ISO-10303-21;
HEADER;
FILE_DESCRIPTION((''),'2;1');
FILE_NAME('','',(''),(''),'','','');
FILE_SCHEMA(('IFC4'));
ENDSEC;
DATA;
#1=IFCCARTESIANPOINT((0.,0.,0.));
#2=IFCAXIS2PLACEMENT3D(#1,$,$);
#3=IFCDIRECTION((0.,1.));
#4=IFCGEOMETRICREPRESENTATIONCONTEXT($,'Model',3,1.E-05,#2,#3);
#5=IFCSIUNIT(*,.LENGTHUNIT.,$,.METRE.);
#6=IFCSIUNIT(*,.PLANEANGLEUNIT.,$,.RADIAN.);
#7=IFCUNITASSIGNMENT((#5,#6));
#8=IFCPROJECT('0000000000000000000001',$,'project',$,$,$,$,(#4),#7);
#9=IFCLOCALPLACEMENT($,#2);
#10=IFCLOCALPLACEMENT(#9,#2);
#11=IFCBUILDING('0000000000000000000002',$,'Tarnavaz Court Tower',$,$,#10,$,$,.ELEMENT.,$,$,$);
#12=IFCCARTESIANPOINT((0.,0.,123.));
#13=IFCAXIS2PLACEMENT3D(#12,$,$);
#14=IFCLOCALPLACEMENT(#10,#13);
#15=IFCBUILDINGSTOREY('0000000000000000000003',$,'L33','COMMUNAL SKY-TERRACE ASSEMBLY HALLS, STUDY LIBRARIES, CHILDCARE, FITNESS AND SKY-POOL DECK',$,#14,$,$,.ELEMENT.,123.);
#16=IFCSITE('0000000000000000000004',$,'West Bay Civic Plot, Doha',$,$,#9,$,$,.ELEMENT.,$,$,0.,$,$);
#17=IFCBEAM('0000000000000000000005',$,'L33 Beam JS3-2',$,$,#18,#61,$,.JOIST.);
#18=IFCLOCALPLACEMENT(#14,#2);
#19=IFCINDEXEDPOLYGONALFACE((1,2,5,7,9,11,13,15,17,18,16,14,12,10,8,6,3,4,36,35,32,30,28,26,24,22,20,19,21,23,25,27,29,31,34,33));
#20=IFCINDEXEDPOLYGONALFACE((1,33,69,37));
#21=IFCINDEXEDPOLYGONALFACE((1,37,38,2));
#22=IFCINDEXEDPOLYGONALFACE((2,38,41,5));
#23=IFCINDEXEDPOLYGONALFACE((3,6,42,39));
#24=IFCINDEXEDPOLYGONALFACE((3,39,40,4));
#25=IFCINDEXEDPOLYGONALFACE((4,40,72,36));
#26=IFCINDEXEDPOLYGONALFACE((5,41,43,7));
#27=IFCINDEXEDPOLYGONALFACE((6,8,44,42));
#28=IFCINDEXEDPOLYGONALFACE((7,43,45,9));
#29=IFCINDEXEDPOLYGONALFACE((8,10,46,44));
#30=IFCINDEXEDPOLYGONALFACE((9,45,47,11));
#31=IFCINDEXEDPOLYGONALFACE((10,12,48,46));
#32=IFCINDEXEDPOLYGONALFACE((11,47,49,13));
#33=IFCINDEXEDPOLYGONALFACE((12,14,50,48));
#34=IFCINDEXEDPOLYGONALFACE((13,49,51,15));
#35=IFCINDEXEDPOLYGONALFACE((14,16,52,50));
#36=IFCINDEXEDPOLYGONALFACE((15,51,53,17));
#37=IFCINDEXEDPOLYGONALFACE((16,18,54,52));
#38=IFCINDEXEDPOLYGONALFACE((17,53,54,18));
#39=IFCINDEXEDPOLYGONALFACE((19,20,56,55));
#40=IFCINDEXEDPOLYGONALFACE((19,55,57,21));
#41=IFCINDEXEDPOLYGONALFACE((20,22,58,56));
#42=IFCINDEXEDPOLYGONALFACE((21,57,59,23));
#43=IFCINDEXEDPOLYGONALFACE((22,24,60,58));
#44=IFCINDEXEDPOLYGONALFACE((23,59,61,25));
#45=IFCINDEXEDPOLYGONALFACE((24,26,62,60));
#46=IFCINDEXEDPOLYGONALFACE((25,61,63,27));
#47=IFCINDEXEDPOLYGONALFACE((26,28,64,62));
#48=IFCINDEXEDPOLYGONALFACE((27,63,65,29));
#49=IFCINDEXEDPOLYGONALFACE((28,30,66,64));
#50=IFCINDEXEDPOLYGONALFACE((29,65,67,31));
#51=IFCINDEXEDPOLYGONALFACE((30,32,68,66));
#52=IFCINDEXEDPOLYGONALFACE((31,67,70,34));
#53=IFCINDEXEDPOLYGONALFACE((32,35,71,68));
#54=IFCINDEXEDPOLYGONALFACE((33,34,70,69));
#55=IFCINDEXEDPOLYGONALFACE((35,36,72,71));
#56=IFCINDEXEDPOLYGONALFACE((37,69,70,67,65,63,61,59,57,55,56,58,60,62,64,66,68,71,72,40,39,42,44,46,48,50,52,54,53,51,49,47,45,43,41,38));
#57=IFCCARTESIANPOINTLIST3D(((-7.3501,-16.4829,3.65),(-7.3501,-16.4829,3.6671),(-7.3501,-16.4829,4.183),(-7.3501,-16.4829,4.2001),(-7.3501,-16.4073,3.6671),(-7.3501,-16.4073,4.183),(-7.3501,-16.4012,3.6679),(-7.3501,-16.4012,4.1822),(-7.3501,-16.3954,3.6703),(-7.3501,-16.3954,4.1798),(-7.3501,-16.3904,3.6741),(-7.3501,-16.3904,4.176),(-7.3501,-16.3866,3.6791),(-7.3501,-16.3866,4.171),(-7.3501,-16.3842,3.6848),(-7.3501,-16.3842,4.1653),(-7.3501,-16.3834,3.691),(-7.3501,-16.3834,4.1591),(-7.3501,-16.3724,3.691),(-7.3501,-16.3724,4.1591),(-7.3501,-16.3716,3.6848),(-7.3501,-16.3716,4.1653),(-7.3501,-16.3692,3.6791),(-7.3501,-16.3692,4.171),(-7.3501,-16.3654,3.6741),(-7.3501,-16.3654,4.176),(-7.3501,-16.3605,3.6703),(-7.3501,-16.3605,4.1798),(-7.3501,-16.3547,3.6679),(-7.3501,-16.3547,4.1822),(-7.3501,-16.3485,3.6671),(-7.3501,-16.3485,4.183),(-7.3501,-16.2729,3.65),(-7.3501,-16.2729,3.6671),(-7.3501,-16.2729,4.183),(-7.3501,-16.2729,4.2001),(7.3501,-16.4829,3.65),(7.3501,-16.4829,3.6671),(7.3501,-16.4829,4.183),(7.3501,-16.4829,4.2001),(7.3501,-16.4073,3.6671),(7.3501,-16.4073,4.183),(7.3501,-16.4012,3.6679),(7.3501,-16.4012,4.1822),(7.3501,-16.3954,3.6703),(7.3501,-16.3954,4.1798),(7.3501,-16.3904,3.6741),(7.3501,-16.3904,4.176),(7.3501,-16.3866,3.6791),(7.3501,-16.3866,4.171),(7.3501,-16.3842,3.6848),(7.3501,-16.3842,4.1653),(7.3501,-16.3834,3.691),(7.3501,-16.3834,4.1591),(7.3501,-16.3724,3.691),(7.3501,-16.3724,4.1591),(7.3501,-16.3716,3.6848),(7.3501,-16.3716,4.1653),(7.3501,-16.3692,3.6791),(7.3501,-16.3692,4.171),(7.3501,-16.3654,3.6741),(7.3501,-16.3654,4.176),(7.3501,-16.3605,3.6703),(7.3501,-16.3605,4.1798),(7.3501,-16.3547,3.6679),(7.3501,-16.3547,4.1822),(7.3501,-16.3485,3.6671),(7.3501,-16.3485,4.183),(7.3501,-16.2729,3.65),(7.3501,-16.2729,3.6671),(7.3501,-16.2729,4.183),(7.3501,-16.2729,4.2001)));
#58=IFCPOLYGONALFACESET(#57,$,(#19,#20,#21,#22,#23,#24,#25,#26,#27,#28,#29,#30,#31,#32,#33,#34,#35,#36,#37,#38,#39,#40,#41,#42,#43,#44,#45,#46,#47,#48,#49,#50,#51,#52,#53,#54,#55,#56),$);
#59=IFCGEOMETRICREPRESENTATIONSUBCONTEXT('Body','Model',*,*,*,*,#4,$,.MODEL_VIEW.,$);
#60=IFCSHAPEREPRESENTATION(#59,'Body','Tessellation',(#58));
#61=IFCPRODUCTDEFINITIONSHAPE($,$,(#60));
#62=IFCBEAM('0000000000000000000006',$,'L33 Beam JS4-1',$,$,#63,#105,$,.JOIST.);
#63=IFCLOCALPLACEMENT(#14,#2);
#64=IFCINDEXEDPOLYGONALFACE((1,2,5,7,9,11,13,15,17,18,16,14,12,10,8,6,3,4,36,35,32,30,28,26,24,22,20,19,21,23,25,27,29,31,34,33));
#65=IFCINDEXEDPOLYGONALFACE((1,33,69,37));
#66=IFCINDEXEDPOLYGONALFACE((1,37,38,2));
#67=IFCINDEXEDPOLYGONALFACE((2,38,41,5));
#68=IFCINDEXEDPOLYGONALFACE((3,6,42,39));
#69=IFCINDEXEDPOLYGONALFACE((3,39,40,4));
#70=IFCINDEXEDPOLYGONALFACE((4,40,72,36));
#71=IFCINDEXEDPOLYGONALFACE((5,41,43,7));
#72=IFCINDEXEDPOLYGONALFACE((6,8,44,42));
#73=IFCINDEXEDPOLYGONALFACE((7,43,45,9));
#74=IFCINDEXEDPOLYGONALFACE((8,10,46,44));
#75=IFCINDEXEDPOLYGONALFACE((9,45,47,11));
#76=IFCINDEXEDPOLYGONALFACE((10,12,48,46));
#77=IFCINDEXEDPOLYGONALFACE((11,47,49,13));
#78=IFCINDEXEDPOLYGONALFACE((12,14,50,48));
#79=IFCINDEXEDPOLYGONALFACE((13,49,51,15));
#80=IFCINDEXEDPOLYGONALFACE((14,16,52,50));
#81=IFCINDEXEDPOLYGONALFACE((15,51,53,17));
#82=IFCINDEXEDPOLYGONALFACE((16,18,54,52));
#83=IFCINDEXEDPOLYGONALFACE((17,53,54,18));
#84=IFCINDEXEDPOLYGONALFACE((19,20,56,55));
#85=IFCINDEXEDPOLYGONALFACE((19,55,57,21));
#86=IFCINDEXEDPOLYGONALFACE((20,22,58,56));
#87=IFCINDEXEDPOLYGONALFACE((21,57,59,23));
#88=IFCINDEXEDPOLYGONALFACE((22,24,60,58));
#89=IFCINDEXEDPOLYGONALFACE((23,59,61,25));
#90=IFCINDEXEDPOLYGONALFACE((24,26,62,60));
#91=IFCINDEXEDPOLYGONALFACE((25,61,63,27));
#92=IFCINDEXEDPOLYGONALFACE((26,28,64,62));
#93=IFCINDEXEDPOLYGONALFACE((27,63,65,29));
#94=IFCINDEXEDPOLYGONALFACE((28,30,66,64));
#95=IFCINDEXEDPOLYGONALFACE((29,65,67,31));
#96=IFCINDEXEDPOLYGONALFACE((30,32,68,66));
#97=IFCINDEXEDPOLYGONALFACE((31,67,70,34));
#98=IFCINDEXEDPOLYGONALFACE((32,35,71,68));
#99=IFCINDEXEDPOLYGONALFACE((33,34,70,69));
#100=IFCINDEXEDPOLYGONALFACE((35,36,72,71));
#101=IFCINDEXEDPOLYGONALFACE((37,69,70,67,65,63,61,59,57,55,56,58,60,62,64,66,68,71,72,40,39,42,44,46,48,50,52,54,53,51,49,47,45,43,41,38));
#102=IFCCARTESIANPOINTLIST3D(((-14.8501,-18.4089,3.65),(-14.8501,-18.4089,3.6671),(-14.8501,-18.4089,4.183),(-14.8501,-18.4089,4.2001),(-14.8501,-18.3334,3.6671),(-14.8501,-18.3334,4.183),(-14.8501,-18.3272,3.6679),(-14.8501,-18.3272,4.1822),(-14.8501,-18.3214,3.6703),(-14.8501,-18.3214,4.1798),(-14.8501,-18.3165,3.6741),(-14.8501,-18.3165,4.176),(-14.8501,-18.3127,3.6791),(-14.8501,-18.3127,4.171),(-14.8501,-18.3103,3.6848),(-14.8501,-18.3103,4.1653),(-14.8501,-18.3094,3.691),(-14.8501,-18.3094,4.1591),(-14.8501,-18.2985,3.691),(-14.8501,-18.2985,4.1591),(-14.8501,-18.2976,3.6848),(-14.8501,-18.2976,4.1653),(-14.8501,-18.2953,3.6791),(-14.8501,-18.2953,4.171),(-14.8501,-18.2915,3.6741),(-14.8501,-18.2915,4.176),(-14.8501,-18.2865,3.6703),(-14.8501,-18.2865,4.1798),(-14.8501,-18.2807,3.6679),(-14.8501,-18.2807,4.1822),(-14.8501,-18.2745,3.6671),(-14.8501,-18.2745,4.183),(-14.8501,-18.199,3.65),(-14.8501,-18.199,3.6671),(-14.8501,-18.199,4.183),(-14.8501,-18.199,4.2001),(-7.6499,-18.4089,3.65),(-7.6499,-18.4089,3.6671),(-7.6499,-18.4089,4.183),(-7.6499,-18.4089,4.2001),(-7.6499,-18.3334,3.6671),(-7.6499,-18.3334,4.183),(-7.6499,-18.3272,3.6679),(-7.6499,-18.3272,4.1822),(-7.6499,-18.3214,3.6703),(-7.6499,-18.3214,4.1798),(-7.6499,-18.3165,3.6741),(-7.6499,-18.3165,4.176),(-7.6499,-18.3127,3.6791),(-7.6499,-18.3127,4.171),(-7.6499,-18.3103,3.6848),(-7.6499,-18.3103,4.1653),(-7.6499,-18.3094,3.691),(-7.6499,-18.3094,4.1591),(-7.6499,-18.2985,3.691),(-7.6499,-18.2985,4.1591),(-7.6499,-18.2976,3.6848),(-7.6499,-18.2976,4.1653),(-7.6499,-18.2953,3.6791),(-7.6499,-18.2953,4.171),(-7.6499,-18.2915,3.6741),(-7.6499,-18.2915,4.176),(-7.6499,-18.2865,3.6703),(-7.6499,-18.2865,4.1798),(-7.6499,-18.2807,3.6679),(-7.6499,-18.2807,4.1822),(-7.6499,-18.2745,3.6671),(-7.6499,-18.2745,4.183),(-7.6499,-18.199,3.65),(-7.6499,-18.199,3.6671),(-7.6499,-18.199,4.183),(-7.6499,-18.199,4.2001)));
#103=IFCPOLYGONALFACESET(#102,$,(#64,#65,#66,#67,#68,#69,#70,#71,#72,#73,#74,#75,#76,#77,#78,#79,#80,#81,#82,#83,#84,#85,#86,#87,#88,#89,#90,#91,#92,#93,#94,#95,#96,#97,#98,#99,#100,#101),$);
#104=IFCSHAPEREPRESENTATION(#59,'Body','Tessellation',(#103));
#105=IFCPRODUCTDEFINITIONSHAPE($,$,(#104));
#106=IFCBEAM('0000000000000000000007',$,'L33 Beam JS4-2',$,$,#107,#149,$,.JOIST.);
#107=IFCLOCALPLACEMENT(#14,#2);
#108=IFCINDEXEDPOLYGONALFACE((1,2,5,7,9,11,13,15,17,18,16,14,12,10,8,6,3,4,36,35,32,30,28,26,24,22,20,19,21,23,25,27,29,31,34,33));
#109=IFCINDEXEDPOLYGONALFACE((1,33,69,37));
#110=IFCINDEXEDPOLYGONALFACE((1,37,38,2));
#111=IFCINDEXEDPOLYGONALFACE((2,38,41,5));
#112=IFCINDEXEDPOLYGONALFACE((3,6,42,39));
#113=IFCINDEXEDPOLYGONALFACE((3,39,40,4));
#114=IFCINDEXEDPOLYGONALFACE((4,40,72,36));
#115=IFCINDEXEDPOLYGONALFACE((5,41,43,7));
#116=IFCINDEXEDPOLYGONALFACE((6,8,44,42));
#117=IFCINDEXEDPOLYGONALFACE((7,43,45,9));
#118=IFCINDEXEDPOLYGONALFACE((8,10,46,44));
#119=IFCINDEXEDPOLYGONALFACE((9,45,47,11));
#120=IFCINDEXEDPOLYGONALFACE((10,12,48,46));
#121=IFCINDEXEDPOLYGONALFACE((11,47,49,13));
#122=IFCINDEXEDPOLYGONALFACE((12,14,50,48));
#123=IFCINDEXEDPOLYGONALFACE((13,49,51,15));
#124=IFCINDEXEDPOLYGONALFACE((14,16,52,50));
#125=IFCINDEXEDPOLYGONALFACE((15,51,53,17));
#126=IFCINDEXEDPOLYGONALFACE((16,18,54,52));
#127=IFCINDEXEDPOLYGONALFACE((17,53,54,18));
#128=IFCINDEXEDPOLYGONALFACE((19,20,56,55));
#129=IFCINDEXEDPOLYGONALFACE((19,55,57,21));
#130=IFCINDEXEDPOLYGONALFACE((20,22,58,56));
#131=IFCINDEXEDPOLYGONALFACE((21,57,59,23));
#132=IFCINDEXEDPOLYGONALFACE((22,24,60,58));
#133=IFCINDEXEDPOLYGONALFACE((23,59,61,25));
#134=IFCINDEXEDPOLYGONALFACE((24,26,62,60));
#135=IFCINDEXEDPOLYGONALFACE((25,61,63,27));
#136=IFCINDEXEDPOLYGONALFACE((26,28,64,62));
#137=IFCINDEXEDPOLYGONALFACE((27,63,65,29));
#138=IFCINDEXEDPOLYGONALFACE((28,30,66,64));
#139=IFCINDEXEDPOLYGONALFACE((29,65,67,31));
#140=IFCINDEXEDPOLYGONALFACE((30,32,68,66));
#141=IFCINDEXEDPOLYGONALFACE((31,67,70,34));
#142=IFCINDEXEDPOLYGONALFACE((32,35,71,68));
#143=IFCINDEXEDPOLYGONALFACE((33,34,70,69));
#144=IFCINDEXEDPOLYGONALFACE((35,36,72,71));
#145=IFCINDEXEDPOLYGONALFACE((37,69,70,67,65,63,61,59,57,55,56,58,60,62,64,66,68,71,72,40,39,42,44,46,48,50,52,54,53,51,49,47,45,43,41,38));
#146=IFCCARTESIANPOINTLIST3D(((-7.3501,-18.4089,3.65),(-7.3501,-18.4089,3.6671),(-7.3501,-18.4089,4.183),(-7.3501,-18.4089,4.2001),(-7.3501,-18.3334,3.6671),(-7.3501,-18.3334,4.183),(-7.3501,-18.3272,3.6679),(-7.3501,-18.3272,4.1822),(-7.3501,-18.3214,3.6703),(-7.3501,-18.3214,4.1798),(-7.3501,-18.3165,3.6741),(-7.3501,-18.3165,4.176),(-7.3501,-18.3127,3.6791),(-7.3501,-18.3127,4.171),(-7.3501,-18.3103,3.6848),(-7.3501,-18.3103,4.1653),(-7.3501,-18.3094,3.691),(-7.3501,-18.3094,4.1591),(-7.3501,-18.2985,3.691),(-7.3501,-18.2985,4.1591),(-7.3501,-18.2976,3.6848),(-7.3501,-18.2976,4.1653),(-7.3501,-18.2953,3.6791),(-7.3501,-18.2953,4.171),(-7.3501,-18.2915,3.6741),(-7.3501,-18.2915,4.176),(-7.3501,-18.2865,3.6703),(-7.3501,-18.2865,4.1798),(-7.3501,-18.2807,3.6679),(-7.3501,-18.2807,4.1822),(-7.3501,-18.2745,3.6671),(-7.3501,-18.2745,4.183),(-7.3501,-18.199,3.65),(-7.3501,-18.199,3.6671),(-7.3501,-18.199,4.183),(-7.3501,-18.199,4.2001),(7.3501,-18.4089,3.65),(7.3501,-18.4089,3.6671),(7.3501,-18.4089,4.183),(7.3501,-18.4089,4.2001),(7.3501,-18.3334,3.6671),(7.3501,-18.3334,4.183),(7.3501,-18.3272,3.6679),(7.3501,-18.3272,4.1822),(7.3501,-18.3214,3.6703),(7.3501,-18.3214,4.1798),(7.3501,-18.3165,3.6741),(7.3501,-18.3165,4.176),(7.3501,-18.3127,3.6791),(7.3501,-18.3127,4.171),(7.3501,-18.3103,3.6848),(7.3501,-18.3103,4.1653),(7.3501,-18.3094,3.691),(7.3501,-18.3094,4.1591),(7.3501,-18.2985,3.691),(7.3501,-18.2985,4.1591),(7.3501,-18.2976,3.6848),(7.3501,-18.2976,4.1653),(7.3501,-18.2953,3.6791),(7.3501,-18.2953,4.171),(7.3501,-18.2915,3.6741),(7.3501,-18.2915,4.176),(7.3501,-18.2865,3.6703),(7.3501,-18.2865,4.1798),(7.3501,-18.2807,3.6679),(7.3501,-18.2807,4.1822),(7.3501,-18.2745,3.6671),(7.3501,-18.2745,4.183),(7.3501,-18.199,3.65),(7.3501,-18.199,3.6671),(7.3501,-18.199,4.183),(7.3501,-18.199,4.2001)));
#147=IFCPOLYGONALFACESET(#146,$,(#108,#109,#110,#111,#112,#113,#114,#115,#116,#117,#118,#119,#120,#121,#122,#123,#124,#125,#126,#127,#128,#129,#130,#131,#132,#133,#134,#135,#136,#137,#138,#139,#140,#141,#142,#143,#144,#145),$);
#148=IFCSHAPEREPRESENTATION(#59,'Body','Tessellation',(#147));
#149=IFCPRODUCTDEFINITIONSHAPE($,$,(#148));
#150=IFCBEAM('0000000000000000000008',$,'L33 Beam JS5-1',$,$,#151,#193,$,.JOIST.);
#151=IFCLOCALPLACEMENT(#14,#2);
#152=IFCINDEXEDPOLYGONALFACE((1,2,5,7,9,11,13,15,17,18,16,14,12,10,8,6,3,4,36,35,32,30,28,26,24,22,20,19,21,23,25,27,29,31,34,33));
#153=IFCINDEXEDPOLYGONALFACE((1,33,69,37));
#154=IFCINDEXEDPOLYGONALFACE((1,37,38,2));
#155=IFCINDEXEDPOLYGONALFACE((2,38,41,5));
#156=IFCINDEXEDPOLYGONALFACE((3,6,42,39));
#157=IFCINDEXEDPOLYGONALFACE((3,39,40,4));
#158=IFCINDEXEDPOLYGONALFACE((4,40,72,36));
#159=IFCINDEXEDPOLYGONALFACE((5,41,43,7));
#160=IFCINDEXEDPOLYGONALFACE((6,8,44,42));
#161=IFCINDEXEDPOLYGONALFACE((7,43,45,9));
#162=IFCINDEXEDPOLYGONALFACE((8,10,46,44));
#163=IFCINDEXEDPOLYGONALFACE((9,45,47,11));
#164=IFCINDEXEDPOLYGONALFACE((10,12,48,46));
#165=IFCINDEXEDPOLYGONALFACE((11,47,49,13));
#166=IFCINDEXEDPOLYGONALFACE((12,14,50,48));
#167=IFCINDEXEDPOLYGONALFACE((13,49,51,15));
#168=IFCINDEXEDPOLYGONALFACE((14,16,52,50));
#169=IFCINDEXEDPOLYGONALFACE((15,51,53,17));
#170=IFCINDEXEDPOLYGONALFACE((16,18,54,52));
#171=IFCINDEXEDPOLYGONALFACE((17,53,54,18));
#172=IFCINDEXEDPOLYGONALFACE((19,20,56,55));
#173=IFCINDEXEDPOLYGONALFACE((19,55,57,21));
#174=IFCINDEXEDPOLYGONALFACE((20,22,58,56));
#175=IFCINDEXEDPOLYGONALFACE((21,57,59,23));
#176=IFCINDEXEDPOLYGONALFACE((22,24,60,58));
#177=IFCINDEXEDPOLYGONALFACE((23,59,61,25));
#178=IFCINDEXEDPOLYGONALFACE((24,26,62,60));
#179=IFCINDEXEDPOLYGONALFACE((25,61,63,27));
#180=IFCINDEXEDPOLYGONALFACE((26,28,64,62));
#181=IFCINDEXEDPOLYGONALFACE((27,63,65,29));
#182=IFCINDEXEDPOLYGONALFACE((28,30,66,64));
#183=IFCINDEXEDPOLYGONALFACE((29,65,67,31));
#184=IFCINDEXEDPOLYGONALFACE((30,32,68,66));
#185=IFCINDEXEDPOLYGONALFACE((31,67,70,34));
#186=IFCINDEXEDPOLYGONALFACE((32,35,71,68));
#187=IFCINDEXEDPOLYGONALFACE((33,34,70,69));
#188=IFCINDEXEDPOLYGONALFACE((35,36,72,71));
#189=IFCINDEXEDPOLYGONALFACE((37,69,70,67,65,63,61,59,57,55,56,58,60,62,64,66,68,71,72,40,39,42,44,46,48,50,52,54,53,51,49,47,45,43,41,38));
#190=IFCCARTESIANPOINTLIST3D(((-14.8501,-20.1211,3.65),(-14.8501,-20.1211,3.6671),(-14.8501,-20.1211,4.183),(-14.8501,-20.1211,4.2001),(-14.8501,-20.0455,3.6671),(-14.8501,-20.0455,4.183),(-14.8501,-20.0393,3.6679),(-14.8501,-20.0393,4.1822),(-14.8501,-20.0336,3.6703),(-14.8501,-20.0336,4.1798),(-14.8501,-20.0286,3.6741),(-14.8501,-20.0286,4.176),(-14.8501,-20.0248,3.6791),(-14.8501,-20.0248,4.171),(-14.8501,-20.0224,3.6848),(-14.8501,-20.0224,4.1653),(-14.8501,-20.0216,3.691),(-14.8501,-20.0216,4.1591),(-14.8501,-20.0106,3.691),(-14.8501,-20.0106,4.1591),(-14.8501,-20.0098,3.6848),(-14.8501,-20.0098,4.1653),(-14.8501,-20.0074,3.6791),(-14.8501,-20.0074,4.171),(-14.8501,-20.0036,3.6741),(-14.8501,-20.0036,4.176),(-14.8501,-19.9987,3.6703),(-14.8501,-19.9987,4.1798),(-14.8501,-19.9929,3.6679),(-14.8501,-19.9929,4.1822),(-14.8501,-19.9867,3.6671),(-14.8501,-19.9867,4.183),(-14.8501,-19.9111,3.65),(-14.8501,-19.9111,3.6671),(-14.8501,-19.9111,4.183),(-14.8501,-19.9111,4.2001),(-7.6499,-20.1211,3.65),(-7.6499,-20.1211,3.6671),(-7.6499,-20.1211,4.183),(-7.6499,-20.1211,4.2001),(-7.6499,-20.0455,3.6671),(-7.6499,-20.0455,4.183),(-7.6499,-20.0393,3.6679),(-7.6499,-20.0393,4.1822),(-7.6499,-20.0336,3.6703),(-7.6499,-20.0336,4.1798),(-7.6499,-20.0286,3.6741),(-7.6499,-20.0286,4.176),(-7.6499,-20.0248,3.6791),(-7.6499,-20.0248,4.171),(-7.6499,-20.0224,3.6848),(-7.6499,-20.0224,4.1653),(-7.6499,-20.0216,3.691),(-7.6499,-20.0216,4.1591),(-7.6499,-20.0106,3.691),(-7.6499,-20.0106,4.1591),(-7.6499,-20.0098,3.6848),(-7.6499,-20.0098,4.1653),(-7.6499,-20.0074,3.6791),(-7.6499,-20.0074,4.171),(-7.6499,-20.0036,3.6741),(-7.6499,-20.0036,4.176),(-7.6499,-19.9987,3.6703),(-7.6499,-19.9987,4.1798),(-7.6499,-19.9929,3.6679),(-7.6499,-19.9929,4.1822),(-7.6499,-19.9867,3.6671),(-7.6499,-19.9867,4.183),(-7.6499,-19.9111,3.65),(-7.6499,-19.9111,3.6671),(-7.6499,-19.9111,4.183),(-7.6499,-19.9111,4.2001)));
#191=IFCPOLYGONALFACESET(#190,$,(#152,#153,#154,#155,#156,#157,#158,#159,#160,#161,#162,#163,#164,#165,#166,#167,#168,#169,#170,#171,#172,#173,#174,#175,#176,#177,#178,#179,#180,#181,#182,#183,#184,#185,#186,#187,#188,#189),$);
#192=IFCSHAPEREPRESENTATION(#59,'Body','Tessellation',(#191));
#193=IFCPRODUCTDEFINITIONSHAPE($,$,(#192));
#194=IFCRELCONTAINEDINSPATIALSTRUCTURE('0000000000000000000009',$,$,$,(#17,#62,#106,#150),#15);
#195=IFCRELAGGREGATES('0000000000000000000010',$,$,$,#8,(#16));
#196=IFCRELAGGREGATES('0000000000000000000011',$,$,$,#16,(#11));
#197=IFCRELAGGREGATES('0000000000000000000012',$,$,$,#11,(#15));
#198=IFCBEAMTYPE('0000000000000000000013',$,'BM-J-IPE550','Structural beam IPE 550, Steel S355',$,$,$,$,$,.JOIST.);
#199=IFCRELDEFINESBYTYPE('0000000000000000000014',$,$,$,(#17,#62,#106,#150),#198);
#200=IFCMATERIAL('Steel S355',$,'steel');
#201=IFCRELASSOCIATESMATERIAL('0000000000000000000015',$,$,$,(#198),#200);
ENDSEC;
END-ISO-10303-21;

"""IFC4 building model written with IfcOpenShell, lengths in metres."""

from ifc_helpers import new_model, si_unit, direction, frame, origin, origin_2d, place, context, subcontext, project, spatial, i_section, extrude, material, material_profile, profile_set, type_object, element, save


model = new_model("IFC4")

# Units and contexts
model_context = context("Model", 3, precision=1e-05, world=origin(), true_north=direction((0.0, 1.0)))
body_context = subcontext(model_context, "Body", "Model", "MODEL_VIEW")
ifc_project = project(units=[si_unit("LENGTHUNIT", "METRE"), si_unit("PLANEANGLEUNIT", "RADIAN")], contexts=[model_context])

# Site, building, storey
site_placement = place(None, origin())
site = spatial("IfcSite", under=ifc_project, at=site_placement, Name="West Bay Civic Plot, Doha", CompositionType="ELEMENT", RefElevation=0.0)
building_placement = place(site_placement, origin())
building = spatial("IfcBuilding", under=site, at=building_placement, Name="Tarnavaz Court Tower", CompositionType="ELEMENT")
storey_placement = place(building_placement, frame((0.0, 0.0, 123.0)))
storey = spatial("IfcBuildingStorey", under=building, at=storey_placement, Name="L33", Description="COMMUNAL SKY-TERRACE ASSEMBLY HALLS, STUDY LIBRARIES, CHILDCARE, FITNESS AND SKY-POOL DECK", CompositionType="ELEMENT", Elevation=123.0)

# Beams
ifc_material_1 = material(Name="Steel S355", Category="steel")
ifc_material_profile_1 = material_profile(ifc_material_1, i_section(OverallWidth=0.21, OverallDepth=0.55, WebThickness=0.011, FlangeThickness=0.0171, FilletRadius=0.0239, at=origin_2d()), Name="IPE 550")
ifc_profile_set_1 = profile_set([ifc_material_profile_1], Name="Steel S355")
beam_type_1 = type_object("IfcBeamType", Name="BM-J-IPE550", Description="Structural beam IPE 550, Steel S355", PredefinedType="JOIST", material=ifc_profile_set_1)
beam_1_placement = place(storey_placement, frame((-7.3501, -16.3779, 3.925), z_axis=(1.0, 0.0, 0.0), x_axis=(0.0, 1.0, 0.0)))
element("IfcBeam", 1, at=beam_1_placement, inside=storey, type_object=beam_type_1, Name="L33 Beam JS3-2", PredefinedType="JOIST", context=body_context, shape_type="SweptSolid", body=[
    extrude(i_section(OverallWidth=0.21, OverallDepth=0.55, WebThickness=0.011, FlangeThickness=0.0171, FilletRadius=0.0239, at=origin_2d()), origin(), (0.0, 0.0, 1.0), 14.7002),
])
beam_2_placement = place(storey_placement, frame((-14.8501, -18.304, 3.925), z_axis=(1.0, 0.0, 0.0), x_axis=(0.0, 1.0, 0.0)))
element("IfcBeam", 2, at=beam_2_placement, inside=storey, type_object=beam_type_1, Name="L33 Beam JS4-1", PredefinedType="JOIST", context=body_context, shape_type="SweptSolid", body=[
    extrude(i_section(OverallWidth=0.21, OverallDepth=0.55, WebThickness=0.011, FlangeThickness=0.0171, FilletRadius=0.0239, at=origin_2d()), origin(), (0.0, 0.0, 1.0), 7.2002),
])
beam_3_placement = place(storey_placement, frame((-7.3501, -18.304, 3.925), z_axis=(1.0, 0.0, 0.0), x_axis=(0.0, 1.0, 0.0)))
element("IfcBeam", 3, at=beam_3_placement, inside=storey, type_object=beam_type_1, Name="L33 Beam JS4-2", PredefinedType="JOIST", context=body_context, shape_type="SweptSolid", body=[
    extrude(i_section(OverallWidth=0.21, OverallDepth=0.55, WebThickness=0.011, FlangeThickness=0.0171, FilletRadius=0.0239, at=origin_2d()), origin(), (0.0, 0.0, 1.0), 14.7002),
])
beam_4_placement = place(storey_placement, frame((-14.8501, -20.0161, 3.925), z_axis=(1.0, 0.0, 0.0), x_axis=(0.0, 1.0, 0.0)))
element("IfcBeam", 4, at=beam_4_placement, inside=storey, type_object=beam_type_1, Name="L33 Beam JS5-1", PredefinedType="JOIST", context=body_context, shape_type="SweptSolid", body=[
    extrude(i_section(OverallWidth=0.21, OverallDepth=0.55, WebThickness=0.011, FlangeThickness=0.0171, FilletRadius=0.0239, at=origin_2d()), origin(), (0.0, 0.0, 1.0), 7.2002),
])

save(model, "model.ifc")
